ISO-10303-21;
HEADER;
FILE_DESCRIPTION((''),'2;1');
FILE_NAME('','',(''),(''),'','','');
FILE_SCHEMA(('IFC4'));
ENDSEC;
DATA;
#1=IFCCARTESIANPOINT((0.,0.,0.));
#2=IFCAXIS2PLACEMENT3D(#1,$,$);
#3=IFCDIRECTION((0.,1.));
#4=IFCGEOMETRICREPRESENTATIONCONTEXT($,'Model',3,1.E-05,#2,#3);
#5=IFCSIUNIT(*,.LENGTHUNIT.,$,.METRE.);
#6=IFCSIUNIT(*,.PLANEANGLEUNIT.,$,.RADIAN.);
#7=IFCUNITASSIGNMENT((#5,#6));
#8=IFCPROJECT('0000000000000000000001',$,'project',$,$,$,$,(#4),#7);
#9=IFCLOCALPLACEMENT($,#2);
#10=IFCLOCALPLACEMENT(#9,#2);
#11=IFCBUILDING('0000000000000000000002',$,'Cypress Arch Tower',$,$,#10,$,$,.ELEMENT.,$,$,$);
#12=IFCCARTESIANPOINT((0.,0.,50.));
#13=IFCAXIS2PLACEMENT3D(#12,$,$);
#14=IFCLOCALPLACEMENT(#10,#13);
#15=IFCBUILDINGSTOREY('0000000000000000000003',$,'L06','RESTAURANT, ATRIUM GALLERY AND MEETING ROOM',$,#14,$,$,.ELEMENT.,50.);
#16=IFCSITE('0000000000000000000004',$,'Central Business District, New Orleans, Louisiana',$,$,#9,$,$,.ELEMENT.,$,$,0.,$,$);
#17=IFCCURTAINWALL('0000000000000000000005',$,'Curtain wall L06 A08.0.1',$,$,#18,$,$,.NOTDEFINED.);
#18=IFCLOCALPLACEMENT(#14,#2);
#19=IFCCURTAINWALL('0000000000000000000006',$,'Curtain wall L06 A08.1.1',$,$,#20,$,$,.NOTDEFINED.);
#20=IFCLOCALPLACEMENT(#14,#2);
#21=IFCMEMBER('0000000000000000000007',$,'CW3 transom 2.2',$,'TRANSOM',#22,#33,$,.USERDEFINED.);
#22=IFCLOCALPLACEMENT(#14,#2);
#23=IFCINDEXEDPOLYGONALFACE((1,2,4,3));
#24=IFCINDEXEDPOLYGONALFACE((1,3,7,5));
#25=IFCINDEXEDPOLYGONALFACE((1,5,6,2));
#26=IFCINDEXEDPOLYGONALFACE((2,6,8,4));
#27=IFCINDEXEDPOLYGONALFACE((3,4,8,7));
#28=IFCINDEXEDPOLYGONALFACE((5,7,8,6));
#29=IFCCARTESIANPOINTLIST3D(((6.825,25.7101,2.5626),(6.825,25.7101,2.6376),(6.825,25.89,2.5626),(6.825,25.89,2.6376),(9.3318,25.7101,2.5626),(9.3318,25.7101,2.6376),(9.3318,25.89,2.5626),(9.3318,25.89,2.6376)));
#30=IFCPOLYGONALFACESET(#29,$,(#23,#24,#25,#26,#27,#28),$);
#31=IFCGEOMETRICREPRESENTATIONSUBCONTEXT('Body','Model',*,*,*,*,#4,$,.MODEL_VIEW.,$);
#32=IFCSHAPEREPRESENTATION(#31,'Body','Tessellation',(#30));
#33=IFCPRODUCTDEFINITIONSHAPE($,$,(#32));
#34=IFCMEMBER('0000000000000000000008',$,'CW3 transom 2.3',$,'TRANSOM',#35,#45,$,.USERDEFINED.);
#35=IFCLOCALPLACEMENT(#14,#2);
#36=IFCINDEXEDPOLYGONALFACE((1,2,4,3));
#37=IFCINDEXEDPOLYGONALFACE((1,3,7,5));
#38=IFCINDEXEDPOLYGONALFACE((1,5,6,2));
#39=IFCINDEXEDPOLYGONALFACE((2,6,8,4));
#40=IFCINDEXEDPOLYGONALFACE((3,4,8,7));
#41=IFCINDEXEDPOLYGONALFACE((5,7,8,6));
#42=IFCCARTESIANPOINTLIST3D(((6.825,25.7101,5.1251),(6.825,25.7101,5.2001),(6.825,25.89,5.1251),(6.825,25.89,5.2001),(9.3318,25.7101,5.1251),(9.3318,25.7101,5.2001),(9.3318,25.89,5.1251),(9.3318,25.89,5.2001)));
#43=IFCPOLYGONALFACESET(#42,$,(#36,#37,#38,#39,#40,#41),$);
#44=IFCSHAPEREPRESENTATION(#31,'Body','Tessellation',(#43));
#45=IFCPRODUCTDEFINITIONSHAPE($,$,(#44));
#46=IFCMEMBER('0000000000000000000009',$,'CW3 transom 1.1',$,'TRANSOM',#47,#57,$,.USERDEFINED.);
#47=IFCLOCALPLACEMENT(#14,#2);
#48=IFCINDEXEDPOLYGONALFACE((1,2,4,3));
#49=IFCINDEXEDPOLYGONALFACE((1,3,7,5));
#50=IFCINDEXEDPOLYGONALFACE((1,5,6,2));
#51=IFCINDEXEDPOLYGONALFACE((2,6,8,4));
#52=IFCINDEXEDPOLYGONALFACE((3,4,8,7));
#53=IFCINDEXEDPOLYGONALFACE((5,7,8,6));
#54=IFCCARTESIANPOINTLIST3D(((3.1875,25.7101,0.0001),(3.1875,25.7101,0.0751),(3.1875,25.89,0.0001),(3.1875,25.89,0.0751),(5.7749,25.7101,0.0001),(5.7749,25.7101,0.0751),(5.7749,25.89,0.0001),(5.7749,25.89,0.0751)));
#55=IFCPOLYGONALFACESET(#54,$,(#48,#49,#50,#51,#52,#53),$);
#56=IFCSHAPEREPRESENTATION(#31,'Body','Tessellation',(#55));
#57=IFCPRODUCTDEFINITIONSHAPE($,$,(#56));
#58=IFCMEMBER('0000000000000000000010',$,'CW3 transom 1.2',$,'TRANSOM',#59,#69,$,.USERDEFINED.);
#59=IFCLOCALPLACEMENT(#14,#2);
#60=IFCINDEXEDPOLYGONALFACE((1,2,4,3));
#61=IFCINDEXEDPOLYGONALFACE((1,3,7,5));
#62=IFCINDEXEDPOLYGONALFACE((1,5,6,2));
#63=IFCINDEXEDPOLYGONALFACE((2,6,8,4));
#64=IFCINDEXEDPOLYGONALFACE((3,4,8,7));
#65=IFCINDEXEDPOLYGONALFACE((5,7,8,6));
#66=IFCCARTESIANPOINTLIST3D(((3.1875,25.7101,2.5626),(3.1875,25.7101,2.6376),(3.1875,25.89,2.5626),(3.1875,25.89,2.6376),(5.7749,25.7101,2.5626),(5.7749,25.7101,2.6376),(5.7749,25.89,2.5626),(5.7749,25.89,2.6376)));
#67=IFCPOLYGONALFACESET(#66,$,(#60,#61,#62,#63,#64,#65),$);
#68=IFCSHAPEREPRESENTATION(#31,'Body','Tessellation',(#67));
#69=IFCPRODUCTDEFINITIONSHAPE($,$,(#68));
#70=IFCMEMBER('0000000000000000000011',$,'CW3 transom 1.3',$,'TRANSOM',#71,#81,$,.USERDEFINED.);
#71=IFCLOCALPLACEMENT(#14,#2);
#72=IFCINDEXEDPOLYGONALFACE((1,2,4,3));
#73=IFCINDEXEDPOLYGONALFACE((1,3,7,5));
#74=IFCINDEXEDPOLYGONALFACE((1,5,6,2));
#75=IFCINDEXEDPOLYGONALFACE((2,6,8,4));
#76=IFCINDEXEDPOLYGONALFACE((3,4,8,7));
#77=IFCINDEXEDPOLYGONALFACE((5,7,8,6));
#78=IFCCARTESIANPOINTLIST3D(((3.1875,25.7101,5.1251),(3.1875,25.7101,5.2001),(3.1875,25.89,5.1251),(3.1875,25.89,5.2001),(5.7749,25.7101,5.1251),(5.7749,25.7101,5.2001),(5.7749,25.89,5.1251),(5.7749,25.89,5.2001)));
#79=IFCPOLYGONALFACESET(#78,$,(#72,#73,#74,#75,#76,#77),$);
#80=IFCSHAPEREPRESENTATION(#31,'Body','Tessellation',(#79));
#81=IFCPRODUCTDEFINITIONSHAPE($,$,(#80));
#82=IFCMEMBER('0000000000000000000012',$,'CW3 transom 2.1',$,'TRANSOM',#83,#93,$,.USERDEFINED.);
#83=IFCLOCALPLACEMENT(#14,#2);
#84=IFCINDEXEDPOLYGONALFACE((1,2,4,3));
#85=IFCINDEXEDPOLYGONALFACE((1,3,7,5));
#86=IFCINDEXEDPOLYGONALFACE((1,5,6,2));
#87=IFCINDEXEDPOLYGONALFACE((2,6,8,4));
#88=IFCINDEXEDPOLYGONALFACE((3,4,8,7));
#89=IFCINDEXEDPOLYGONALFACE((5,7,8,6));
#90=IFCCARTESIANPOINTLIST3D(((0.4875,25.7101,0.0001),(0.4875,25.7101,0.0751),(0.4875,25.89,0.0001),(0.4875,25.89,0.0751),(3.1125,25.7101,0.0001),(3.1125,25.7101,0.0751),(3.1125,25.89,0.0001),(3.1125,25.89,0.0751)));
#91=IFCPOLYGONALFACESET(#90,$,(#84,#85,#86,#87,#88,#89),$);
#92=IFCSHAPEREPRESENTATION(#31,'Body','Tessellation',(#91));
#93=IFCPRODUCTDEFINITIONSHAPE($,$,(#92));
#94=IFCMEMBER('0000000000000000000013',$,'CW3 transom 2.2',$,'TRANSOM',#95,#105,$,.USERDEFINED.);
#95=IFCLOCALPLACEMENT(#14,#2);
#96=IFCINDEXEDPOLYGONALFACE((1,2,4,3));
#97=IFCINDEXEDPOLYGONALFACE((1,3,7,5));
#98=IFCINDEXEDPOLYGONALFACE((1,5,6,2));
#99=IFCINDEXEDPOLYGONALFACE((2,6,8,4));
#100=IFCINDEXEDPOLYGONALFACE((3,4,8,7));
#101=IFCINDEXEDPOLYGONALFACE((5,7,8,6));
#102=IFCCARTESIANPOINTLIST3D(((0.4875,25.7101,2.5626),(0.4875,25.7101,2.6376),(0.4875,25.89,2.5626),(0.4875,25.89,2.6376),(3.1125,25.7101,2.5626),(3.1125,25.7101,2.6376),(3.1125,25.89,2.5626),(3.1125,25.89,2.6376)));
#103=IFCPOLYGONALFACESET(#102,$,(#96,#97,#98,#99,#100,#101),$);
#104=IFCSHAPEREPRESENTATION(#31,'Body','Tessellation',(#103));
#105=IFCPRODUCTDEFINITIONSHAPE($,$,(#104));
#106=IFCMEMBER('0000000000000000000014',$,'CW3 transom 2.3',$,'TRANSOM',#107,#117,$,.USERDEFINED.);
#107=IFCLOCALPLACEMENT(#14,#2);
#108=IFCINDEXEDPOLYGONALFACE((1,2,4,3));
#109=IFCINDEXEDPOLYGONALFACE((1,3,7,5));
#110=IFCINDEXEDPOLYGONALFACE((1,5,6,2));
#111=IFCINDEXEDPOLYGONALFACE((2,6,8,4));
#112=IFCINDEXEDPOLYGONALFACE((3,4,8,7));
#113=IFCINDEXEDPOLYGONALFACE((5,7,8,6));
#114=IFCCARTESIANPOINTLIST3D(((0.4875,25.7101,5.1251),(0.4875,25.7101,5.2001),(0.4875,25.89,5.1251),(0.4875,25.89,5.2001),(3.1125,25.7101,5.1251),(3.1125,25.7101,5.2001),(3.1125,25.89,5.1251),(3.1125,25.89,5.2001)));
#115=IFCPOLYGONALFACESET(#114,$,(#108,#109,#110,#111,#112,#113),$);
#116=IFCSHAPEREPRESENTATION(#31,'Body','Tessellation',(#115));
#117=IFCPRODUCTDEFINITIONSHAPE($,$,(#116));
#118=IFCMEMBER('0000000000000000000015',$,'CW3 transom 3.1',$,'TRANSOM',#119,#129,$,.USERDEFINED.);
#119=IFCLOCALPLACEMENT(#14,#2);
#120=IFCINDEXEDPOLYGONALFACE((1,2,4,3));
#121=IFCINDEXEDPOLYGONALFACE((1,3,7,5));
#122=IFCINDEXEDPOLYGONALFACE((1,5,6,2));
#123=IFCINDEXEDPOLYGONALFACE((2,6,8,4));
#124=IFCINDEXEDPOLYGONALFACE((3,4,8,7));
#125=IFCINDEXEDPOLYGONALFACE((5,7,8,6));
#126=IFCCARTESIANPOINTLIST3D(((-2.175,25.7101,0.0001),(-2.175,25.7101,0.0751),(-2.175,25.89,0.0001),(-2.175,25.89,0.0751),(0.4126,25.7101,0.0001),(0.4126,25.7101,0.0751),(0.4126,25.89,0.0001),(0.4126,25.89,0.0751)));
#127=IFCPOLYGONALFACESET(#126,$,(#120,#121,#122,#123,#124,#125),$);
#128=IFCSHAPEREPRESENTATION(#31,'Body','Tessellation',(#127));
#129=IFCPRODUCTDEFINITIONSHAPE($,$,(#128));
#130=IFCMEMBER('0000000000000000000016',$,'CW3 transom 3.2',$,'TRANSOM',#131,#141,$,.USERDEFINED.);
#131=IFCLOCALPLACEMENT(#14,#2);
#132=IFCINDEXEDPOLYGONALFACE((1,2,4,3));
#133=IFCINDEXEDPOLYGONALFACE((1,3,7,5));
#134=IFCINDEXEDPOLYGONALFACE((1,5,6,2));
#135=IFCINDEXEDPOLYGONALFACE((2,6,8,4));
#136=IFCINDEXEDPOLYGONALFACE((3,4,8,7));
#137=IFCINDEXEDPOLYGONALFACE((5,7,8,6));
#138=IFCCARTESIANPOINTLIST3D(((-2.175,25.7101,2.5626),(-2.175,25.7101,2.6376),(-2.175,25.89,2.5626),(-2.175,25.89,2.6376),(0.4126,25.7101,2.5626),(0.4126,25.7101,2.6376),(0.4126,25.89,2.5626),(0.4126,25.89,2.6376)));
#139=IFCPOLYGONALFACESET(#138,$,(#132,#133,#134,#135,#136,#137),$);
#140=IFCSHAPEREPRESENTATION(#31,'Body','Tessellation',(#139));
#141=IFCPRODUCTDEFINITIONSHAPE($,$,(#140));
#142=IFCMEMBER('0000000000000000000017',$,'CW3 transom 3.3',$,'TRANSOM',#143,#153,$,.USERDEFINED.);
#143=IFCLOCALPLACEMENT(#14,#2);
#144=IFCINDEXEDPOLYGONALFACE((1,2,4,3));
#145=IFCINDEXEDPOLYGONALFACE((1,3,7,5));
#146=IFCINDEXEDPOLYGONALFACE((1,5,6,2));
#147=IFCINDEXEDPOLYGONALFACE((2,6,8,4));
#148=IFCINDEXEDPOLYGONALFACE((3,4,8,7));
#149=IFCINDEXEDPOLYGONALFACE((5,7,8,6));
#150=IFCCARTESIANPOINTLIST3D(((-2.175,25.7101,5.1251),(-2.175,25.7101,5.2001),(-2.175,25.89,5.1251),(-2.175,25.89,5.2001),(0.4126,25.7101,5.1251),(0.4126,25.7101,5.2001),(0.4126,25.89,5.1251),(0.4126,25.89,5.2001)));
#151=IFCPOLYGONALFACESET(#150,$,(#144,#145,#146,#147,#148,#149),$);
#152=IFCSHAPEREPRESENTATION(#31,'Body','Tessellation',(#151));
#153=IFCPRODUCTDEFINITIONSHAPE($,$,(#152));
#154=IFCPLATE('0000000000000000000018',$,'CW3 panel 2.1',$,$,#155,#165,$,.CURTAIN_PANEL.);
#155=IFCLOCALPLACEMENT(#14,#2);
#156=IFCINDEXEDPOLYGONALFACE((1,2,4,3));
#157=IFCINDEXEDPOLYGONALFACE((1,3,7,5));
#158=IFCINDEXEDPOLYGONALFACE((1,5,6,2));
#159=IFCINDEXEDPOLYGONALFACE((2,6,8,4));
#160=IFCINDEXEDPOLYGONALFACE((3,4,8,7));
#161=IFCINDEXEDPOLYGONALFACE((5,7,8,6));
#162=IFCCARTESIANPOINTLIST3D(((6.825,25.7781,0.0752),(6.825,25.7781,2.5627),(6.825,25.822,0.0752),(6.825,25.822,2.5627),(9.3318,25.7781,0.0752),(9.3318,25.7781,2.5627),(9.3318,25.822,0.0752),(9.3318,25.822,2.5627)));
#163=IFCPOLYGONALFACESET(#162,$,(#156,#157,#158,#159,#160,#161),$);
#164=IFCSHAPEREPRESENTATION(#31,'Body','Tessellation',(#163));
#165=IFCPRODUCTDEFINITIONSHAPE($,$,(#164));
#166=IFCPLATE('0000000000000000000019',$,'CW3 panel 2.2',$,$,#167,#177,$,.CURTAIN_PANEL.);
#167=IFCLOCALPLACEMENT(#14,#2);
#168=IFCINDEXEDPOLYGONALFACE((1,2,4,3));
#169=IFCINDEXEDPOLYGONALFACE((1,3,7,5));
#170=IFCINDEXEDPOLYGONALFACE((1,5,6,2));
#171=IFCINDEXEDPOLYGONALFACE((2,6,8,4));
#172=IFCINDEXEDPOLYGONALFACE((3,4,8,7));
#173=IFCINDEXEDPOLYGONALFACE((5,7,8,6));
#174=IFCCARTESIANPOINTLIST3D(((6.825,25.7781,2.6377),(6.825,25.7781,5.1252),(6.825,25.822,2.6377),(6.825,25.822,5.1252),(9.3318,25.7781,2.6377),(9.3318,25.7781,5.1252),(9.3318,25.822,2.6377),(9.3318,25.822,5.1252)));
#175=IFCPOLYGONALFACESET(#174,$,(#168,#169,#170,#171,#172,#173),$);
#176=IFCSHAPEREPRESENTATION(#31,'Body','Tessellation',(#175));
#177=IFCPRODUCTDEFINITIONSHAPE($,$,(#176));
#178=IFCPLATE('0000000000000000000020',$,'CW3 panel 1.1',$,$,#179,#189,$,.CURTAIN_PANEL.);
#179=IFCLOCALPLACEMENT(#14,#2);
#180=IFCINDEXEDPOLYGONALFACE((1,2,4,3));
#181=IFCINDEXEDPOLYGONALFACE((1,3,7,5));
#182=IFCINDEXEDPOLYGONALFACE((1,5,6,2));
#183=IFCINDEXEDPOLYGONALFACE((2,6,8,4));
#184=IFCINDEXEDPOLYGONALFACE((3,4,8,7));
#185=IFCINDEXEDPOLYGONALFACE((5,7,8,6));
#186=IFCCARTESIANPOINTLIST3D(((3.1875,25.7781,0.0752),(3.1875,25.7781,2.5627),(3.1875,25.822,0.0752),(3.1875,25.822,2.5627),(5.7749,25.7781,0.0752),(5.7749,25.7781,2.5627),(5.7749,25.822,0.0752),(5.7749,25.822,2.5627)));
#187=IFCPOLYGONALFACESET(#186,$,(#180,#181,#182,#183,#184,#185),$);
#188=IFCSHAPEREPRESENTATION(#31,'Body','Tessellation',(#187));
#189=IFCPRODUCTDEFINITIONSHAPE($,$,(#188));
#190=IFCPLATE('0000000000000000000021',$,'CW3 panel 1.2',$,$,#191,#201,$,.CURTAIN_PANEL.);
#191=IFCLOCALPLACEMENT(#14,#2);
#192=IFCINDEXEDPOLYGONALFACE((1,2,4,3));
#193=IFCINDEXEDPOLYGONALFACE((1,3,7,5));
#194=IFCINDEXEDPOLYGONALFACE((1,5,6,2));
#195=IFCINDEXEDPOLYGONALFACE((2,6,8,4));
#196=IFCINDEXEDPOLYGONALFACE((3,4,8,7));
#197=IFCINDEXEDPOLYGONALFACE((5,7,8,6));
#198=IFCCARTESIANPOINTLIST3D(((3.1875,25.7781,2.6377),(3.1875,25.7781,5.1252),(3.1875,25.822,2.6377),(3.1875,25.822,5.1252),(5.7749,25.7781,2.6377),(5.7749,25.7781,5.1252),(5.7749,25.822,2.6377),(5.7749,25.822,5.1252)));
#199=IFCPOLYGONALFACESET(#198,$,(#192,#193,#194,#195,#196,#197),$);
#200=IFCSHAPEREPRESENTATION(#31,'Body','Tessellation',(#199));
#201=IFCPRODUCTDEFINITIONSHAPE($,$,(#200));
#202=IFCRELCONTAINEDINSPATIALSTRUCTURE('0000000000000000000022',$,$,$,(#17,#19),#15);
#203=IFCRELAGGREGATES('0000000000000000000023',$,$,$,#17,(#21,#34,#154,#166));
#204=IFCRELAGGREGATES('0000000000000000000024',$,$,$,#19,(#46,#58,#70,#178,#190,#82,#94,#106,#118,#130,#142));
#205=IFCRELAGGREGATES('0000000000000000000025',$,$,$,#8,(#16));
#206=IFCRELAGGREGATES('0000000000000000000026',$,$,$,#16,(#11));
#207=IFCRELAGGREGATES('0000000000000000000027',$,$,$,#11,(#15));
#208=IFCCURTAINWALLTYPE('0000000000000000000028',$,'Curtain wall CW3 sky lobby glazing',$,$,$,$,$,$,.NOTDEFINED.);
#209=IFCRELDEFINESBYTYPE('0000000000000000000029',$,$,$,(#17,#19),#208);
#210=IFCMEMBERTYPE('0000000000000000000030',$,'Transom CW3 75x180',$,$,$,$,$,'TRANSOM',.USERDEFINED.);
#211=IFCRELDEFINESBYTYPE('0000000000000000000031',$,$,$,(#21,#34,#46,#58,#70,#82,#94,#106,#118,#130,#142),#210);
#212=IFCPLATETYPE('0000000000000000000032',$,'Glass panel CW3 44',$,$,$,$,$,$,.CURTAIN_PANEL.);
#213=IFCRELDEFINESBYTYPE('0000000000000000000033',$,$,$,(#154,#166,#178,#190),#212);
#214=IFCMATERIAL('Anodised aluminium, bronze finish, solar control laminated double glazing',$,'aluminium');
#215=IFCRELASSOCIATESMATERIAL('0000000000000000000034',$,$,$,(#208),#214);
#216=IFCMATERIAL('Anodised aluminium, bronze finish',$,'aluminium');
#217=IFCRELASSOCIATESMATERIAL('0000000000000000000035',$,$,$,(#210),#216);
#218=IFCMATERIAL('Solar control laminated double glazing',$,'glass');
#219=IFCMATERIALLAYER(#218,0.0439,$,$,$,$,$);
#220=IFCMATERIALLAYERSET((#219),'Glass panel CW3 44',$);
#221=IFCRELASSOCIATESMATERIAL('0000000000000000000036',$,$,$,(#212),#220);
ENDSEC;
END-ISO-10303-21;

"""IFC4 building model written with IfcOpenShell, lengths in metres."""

from ifc_helpers import new_model, si_unit, direction, frame, origin, origin_2d, place, context, subcontext, project, spatial, rectangle, extrude, material, layer, layer_set, material_profile, profile_set, type_object, element, aggregate, save


model = new_model("IFC4")

# Units and contexts
model_context = context("Model", 3, precision=1e-05, world=origin(), true_north=direction((0.0, 1.0)))
body_context = subcontext(model_context, "Body", "Model", "MODEL_VIEW")
ifc_project = project(units=[si_unit("LENGTHUNIT", "METRE"), si_unit("PLANEANGLEUNIT", "RADIAN")], contexts=[model_context])

# Site, building, storey
site_placement = place(None, origin())
site = spatial("IfcSite", under=ifc_project, at=site_placement, Name="Central Business District, New Orleans, Louisiana", CompositionType="ELEMENT", RefElevation=0.0)
building_placement = place(site_placement, origin())
building = spatial("IfcBuilding", under=site, at=building_placement, Name="Cypress Arch Tower", CompositionType="ELEMENT")
storey_placement = place(building_placement, frame((0.0, 0.0, 50.0)))
storey = spatial("IfcBuildingStorey", under=building, at=storey_placement, Name="L06", Description="RESTAURANT, ATRIUM GALLERY AND MEETING ROOM", CompositionType="ELEMENT", Elevation=50.0)

# Curtain walls
ifc_material_1 = material(Name="Anodised aluminium, bronze finish, solar control laminated double glazing", Category="aluminium")
curtain_wall_type = type_object("IfcCurtainWallType", Name="Curtain wall CW3 sky lobby glazing", PredefinedType="NOTDEFINED", material=ifc_material_1)
curtain_wall_1_placement = place(storey_placement, origin())
curtain_wall_1 = element("IfcCurtainWall", 1, at=curtain_wall_1_placement, inside=storey, type_object=curtain_wall_type, Name="Curtain wall L06 A08.0.1", PredefinedType="NOTDEFINED")
curtain_wall_2_placement = place(storey_placement, origin())
curtain_wall_2 = element("IfcCurtainWall", 2, at=curtain_wall_2_placement, inside=storey, type_object=curtain_wall_type, Name="Curtain wall L06 A08.1.1", PredefinedType="NOTDEFINED")

# Members
ifc_material_2 = material(Name="Anodised aluminium, bronze finish", Category="aluminium")
ifc_material_profile_1 = material_profile(ifc_material_2, rectangle(XDim=0.1799, YDim=0.075, at=origin_2d()), Name="Transom 75x180")
ifc_profile_set_1 = profile_set([ifc_material_profile_1], Name="Anodised aluminium, bronze finish")
member_type_1 = type_object("IfcMemberType", Name="Transom CW3 75x180", ElementType="TRANSOM", PredefinedType="USERDEFINED", material=ifc_profile_set_1)
member_1_placement = place(storey_placement, frame((9.3318, 25.8, 2.6001), z_axis=(-1.0, 0.0, 0.0), x_axis=(0.0, -1.0, 0.0)))
member_1 = element("IfcMember", 3, at=member_1_placement, type_object=member_type_1, Name="CW3 transom 2.2", ObjectType="TRANSOM", PredefinedType="USERDEFINED", context=body_context, shape_type="SweptSolid", body=[
    extrude(rectangle(XDim=0.1799, YDim=0.075, at=origin_2d()), origin(), (0.0, 0.0, 1.0), 2.5068),
])
member_2_placement = place(storey_placement, frame((9.3318, 25.8, 5.1626), z_axis=(-1.0, 0.0, 0.0), x_axis=(0.0, -1.0, 0.0)))
member_2 = element("IfcMember", 4, at=member_2_placement, type_object=member_type_1, Name="CW3 transom 2.3", ObjectType="TRANSOM", PredefinedType="USERDEFINED", context=body_context, shape_type="SweptSolid", body=[
    extrude(rectangle(XDim=0.1799, YDim=0.075, at=origin_2d()), origin(), (0.0, 0.0, 1.0), 2.5068),
])
member_3_placement = place(storey_placement, frame((5.7749, 25.8, 0.0376), z_axis=(-1.0, 0.0, 0.0), x_axis=(0.0, -1.0, 0.0)))
member_3 = element("IfcMember", 5, at=member_3_placement, type_object=member_type_1, Name="CW3 transom 1.1", ObjectType="TRANSOM", PredefinedType="USERDEFINED", context=body_context, shape_type="SweptSolid", body=[
    extrude(rectangle(XDim=0.1799, YDim=0.075, at=origin_2d()), origin(), (0.0, 0.0, 1.0), 2.5874),
])
member_4_placement = place(storey_placement, frame((5.7749, 25.8, 2.6001), z_axis=(-1.0, 0.0, 0.0), x_axis=(0.0, -1.0, 0.0)))
member_4 = element("IfcMember", 6, at=member_4_placement, type_object=member_type_1, Name="CW3 transom 1.2", ObjectType="TRANSOM", PredefinedType="USERDEFINED", context=body_context, shape_type="SweptSolid", body=[
    extrude(rectangle(XDim=0.1799, YDim=0.075, at=origin_2d()), origin(), (0.0, 0.0, 1.0), 2.5874),
])
member_5_placement = place(storey_placement, frame((5.7749, 25.8, 5.1626), z_axis=(-1.0, 0.0, 0.0), x_axis=(0.0, -1.0, 0.0)))
member_5 = element("IfcMember", 7, at=member_5_placement, type_object=member_type_1, Name="CW3 transom 1.3", ObjectType="TRANSOM", PredefinedType="USERDEFINED", context=body_context, shape_type="SweptSolid", body=[
    extrude(rectangle(XDim=0.1799, YDim=0.075, at=origin_2d()), origin(), (0.0, 0.0, 1.0), 2.5874),
])
member_6_placement = place(storey_placement, frame((3.1125, 25.8, 0.0376), z_axis=(-1.0, 0.0, 0.0), x_axis=(0.0, -1.0, 0.0)))
member_6 = element("IfcMember", 8, at=member_6_placement, type_object=member_type_1, Name="CW3 transom 2.1", ObjectType="TRANSOM", PredefinedType="USERDEFINED", context=body_context, shape_type="SweptSolid", body=[
    extrude(rectangle(XDim=0.1799, YDim=0.075, at=origin_2d()), origin(), (0.0, 0.0, 1.0), 2.625),
])
member_7_placement = place(storey_placement, frame((3.1125, 25.8, 2.6001), z_axis=(-1.0, 0.0, 0.0), x_axis=(0.0, -1.0, 0.0)))
member_7 = element("IfcMember", 9, at=member_7_placement, type_object=member_type_1, Name="CW3 transom 2.2", ObjectType="TRANSOM", PredefinedType="USERDEFINED", context=body_context, shape_type="SweptSolid", body=[
    extrude(rectangle(XDim=0.1799, YDim=0.075, at=origin_2d()), origin(), (0.0, 0.0, 1.0), 2.625),
])
member_8_placement = place(storey_placement, frame((3.1125, 25.8, 5.1626), z_axis=(-1.0, 0.0, 0.0), x_axis=(0.0, -1.0, 0.0)))
member_8 = element("IfcMember", 10, at=member_8_placement, type_object=member_type_1, Name="CW3 transom 2.3", ObjectType="TRANSOM", PredefinedType="USERDEFINED", context=body_context, shape_type="SweptSolid", body=[
    extrude(rectangle(XDim=0.1799, YDim=0.075, at=origin_2d()), origin(), (0.0, 0.0, 1.0), 2.625),
])
member_9_placement = place(storey_placement, frame((0.4126, 25.8, 0.0376), z_axis=(-1.0, 0.0, 0.0), x_axis=(0.0, -1.0, 0.0)))
member_9 = element("IfcMember", 11, at=member_9_placement, type_object=member_type_1, Name="CW3 transom 3.1", ObjectType="TRANSOM", PredefinedType="USERDEFINED", context=body_context, shape_type="SweptSolid", body=[
    extrude(rectangle(XDim=0.1799, YDim=0.075, at=origin_2d()), origin(), (0.0, 0.0, 1.0), 2.5876),
])
member_10_placement = place(storey_placement, frame((0.4126, 25.8, 2.6001), z_axis=(-1.0, 0.0, 0.0), x_axis=(0.0, -1.0, 0.0)))
member_10 = element("IfcMember", 12, at=member_10_placement, type_object=member_type_1, Name="CW3 transom 3.2", ObjectType="TRANSOM", PredefinedType="USERDEFINED", context=body_context, shape_type="SweptSolid", body=[
    extrude(rectangle(XDim=0.1799, YDim=0.075, at=origin_2d()), origin(), (0.0, 0.0, 1.0), 2.5876),
])
member_11_placement = place(storey_placement, frame((0.4126, 25.8, 5.1626), z_axis=(-1.0, 0.0, 0.0), x_axis=(0.0, -1.0, 0.0)))
member_11 = element("IfcMember", 13, at=member_11_placement, type_object=member_type_1, Name="CW3 transom 3.3", ObjectType="TRANSOM", PredefinedType="USERDEFINED", context=body_context, shape_type="SweptSolid", body=[
    extrude(rectangle(XDim=0.1799, YDim=0.075, at=origin_2d()), origin(), (0.0, 0.0, 1.0), 2.5876),
])

# Plates
ifc_material_3 = material(Name="Solar control laminated double glazing", Category="glass")
ifc_layer = layer(ifc_material_3, 0.0439)
ifc_layer_set = layer_set([ifc_layer], Name="Glass panel CW3 44")
plate_type = type_object("IfcPlateType", Name="Glass panel CW3 44", PredefinedType="CURTAIN_PANEL", material=ifc_layer_set)
plate_1_placement = place(storey_placement, frame((8.0784, 25.8, 0.0752), z_axis=(0.0, 0.0, 1.0), x_axis=(-1.0, 0.0, 0.0)))
plate_1 = element("IfcPlate", 14, at=plate_1_placement, type_object=plate_type, Name="CW3 panel 2.1", PredefinedType="CURTAIN_PANEL", context=body_context, shape_type="SweptSolid", body=[
    extrude(rectangle(XDim=2.5068, YDim=0.0439, at=origin_2d()), origin(), (0.0, 0.0, 1.0), 2.4875),
])
plate_2_placement = place(storey_placement, frame((8.0784, 25.8, 2.6377), z_axis=(0.0, 0.0, 1.0), x_axis=(-1.0, 0.0, 0.0)))
plate_2 = element("IfcPlate", 15, at=plate_2_placement, type_object=plate_type, Name="CW3 panel 2.2", PredefinedType="CURTAIN_PANEL", context=body_context, shape_type="SweptSolid", body=[
    extrude(rectangle(XDim=2.5068, YDim=0.0439, at=origin_2d()), origin(), (0.0, 0.0, 1.0), 2.4875),
])
aggregate(curtain_wall_1, [member_1, member_2, plate_1, plate_2])
plate_3_placement = place(storey_placement, frame((4.4812, 25.8, 0.0752), z_axis=(0.0, 0.0, 1.0), x_axis=(-1.0, 0.0, 0.0)))
plate_3 = element("IfcPlate", 16, at=plate_3_placement, type_object=plate_type, Name="CW3 panel 1.1", PredefinedType="CURTAIN_PANEL", context=body_context, shape_type="SweptSolid", body=[
    extrude(rectangle(XDim=2.5874, YDim=0.0439, at=origin_2d()), origin(), (0.0, 0.0, 1.0), 2.4875),
])
plate_4_placement = place(storey_placement, frame((4.4812, 25.8, 2.6377), z_axis=(0.0, 0.0, 1.0), x_axis=(-1.0, 0.0, 0.0)))
plate_4 = element("IfcPlate", 17, at=plate_4_placement, type_object=plate_type, Name="CW3 panel 1.2", PredefinedType="CURTAIN_PANEL", context=body_context, shape_type="SweptSolid", body=[
    extrude(rectangle(XDim=2.5874, YDim=0.0439, at=origin_2d()), origin(), (0.0, 0.0, 1.0), 2.4875),
])
aggregate(curtain_wall_2, [member_3, member_4, member_5, plate_3, plate_4, member_6, member_7, member_8, member_9, member_10, member_11])

save(model, "model.ifc")
